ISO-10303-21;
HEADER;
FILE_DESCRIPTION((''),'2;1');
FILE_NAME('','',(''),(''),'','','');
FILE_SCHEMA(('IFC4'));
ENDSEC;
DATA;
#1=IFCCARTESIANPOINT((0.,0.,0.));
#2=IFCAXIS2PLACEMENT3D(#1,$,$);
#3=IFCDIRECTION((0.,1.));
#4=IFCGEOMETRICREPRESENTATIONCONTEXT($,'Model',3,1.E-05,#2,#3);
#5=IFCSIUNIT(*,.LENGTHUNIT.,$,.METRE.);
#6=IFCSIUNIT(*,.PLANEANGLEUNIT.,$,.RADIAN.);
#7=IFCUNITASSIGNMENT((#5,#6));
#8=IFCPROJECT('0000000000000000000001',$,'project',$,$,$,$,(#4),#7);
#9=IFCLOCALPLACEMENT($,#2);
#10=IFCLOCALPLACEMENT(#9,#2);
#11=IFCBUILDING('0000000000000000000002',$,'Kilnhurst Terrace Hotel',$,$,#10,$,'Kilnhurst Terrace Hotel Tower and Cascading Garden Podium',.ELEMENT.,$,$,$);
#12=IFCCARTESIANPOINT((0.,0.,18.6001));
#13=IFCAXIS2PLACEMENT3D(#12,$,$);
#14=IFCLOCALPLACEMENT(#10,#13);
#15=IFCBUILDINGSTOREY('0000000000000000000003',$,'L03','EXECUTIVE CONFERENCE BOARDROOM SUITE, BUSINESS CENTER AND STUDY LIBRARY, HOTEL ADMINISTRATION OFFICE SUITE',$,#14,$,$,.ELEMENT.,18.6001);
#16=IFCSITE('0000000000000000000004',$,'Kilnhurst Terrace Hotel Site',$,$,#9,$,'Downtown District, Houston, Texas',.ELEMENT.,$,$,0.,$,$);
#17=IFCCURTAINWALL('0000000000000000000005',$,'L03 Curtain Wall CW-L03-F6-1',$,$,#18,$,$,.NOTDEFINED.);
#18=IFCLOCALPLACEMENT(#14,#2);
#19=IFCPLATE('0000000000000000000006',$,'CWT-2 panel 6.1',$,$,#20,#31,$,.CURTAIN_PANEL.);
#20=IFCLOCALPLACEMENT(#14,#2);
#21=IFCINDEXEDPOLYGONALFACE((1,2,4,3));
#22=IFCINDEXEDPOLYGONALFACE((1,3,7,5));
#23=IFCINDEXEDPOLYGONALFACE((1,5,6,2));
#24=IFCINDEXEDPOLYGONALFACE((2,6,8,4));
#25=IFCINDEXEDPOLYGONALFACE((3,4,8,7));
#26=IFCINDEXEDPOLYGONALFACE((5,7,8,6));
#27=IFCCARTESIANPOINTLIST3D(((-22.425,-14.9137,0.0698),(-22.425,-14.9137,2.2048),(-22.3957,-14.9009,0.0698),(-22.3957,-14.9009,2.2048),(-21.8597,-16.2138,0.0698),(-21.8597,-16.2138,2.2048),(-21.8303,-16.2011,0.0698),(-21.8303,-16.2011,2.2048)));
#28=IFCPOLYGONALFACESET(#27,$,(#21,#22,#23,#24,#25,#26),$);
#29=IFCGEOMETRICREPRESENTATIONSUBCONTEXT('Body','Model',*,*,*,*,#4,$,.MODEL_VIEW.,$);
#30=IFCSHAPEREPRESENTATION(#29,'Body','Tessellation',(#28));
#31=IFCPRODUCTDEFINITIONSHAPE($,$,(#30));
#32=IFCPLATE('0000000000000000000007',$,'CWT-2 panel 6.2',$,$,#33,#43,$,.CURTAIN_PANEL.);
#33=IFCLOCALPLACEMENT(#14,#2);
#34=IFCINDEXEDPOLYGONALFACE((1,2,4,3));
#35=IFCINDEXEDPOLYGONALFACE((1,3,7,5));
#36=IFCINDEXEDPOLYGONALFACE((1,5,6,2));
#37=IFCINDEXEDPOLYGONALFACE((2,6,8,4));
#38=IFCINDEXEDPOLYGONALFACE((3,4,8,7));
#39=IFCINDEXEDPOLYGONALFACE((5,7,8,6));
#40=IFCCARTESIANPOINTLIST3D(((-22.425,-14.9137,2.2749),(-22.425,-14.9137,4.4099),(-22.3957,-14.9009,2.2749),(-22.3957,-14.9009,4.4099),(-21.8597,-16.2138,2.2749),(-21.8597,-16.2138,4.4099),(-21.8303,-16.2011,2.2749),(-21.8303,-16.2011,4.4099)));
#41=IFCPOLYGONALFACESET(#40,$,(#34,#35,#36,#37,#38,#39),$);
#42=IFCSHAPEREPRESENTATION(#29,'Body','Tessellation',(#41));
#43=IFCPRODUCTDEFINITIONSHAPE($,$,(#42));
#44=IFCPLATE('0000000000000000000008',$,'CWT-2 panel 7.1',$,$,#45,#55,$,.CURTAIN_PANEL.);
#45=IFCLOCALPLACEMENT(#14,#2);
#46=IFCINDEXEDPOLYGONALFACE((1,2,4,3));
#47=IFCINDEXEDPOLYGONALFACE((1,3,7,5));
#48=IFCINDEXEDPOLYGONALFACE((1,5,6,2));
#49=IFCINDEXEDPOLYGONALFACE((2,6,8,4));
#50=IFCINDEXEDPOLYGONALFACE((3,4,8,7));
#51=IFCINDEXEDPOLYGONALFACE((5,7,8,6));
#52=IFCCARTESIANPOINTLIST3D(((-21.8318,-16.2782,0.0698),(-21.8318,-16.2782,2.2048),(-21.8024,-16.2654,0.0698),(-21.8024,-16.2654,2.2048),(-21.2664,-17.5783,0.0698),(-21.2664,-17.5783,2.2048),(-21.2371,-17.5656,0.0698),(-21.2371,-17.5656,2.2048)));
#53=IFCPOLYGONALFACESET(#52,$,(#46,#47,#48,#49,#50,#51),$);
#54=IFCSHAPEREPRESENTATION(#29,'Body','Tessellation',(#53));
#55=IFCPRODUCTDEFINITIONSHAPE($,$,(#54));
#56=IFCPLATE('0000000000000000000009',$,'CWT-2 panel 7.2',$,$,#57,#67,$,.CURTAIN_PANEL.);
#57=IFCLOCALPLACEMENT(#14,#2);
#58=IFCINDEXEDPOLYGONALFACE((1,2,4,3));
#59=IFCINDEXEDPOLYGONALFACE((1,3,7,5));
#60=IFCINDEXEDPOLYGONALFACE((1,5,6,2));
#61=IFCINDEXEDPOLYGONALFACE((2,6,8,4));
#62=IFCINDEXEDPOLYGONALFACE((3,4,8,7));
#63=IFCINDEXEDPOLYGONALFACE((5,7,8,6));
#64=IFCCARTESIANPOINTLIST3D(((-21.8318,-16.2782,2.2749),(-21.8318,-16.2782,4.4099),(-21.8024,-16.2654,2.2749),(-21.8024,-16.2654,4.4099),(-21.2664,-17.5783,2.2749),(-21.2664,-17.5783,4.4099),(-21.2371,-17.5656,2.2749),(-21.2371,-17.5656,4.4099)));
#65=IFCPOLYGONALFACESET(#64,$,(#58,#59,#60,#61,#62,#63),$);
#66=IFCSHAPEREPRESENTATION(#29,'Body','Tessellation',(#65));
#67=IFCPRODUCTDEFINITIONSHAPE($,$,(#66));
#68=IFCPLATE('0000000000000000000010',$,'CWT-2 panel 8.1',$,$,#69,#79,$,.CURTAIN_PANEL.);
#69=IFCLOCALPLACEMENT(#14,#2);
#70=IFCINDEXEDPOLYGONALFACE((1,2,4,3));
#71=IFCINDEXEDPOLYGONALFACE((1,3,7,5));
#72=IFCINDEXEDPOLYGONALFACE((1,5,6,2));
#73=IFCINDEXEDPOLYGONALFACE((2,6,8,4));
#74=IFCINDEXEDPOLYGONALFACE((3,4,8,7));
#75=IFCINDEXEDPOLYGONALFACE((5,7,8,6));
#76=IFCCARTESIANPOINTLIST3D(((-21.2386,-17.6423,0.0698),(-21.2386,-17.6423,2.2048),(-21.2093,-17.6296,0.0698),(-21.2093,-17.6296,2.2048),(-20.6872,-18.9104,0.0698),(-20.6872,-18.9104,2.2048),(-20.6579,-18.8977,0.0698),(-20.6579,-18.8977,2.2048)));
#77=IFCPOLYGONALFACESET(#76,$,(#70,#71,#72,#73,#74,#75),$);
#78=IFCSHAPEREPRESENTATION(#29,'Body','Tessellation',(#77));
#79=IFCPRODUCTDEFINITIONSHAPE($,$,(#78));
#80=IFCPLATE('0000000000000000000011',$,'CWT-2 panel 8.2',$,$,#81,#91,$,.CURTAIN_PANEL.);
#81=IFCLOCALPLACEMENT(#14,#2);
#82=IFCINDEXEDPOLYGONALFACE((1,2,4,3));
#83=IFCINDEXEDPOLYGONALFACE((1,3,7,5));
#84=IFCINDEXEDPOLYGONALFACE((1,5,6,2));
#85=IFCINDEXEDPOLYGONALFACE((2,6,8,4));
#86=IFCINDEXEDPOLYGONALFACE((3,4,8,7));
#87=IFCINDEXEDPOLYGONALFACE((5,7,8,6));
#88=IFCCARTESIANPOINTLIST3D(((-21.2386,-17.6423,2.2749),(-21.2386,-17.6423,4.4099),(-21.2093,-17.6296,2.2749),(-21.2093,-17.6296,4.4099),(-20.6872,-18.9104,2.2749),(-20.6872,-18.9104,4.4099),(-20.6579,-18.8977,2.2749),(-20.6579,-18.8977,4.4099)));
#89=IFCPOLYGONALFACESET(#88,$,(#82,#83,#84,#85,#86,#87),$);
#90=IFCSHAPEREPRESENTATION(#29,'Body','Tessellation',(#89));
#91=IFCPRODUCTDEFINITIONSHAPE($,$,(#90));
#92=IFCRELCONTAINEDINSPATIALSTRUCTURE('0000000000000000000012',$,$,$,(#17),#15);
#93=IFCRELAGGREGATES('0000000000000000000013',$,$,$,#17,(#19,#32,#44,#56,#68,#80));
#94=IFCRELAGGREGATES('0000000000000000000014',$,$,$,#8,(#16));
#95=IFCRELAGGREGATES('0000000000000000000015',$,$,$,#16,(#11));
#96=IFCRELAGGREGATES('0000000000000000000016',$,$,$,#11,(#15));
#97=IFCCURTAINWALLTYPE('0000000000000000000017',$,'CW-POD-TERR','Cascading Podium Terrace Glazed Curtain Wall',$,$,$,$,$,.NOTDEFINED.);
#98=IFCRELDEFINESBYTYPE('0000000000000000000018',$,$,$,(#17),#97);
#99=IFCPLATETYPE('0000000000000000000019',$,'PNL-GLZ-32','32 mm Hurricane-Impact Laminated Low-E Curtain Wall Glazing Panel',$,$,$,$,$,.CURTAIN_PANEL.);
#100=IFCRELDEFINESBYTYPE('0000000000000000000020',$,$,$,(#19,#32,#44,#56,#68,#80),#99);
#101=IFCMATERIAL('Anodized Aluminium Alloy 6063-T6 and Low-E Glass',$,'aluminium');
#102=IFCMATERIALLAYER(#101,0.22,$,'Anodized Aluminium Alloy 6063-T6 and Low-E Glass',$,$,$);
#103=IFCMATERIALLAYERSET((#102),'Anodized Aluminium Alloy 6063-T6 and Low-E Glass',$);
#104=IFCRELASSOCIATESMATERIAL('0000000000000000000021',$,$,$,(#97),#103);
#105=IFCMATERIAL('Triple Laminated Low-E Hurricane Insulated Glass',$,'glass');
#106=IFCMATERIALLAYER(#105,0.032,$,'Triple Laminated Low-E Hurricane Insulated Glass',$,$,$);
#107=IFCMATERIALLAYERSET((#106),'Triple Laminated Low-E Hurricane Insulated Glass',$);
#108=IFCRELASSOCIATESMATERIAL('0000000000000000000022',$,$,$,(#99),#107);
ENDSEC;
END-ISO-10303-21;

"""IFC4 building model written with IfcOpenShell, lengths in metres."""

from ifc_helpers import new_model, si_unit, direction, frame, origin, origin_2d, place, context, subcontext, project, spatial, rectangle, extrude, material, layer, layer_set, type_object, element, aggregate, save


model = new_model("IFC4")

# Units and contexts
model_context = context("Model", 3, precision=1e-05, world=origin(), true_north=direction((0.0, 1.0)))
body_context = subcontext(model_context, "Body", "Model", "MODEL_VIEW")
ifc_project = project(units=[si_unit("LENGTHUNIT", "METRE"), si_unit("PLANEANGLEUNIT", "RADIAN")], contexts=[model_context])

# Site, building, storey
site_placement = place(None, origin())
site = spatial("IfcSite", under=ifc_project, at=site_placement, Name="Kilnhurst Terrace Hotel Site", LongName="Downtown District, Houston, Texas", CompositionType="ELEMENT", RefElevation=0.0)
building_placement = place(site_placement, origin())
building = spatial("IfcBuilding", under=site, at=building_placement, Name="Kilnhurst Terrace Hotel", LongName="Kilnhurst Terrace Hotel Tower and Cascading Garden Podium", CompositionType="ELEMENT")
storey_placement = place(building_placement, frame((0.0, 0.0, 18.6001)))
storey = spatial("IfcBuildingStorey", under=building, at=storey_placement, Name="L03", Description="EXECUTIVE CONFERENCE BOARDROOM SUITE, BUSINESS CENTER AND STUDY LIBRARY, HOTEL ADMINISTRATION OFFICE SUITE", CompositionType="ELEMENT", Elevation=18.6001)

# Curtain wall, plates
ifc_material_1 = material(Name="Anodized Aluminium Alloy 6063-T6 and Low-E Glass", Category="aluminium")
ifc_layer_1 = layer(ifc_material_1, 0.22, Name="Anodized Aluminium Alloy 6063-T6 and Low-E Glass")
ifc_layer_set_1 = layer_set([ifc_layer_1], Name="Anodized Aluminium Alloy 6063-T6 and Low-E Glass")
curtain_wall_type = type_object("IfcCurtainWallType", Name="CW-POD-TERR", Description="Cascading Podium Terrace Glazed Curtain Wall", PredefinedType="NOTDEFINED", material=ifc_layer_set_1)
curtain_wall_placement = place(storey_placement, origin())
curtain_wall = element("IfcCurtainWall", 1, at=curtain_wall_placement, inside=storey, type_object=curtain_wall_type, Name="L03 Curtain Wall CW-L03-F6-1", PredefinedType="NOTDEFINED")
ifc_material_2 = material(Name="Triple Laminated Low-E Hurricane Insulated Glass", Category="glass")
ifc_layer_2 = layer(ifc_material_2, 0.032, Name="Triple Laminated Low-E Hurricane Insulated Glass")
ifc_layer_set_2 = layer_set([ifc_layer_2], Name="Triple Laminated Low-E Hurricane Insulated Glass")
plate_type = type_object("IfcPlateType", Name="PNL-GLZ-32", Description="32 mm Hurricane-Impact Laminated Low-E Curtain Wall Glazing Panel", PredefinedType="CURTAIN_PANEL", material=ifc_layer_set_2)
plate_1_placement = place(storey_placement, frame((-22.1277, -15.5574, 0.0698), z_axis=(0.0, 0.0, 1.0), x_axis=(0.398791, -0.917042, 0.0)))
plate_1 = element("IfcPlate", 2, at=plate_1_placement, type_object=plate_type, Name="CWT-2 panel 6.1", PredefinedType="CURTAIN_PANEL", context=body_context, shape_type="SweptSolid", body=[
    extrude(rectangle(XDim=1.4177, YDim=0.032, at=origin_2d()), origin(), (0.0, 0.0, 1.0), 2.135),
])
plate_2_placement = place(storey_placement, frame((-22.1277, -15.5574, 2.2749), z_axis=(0.0, 0.0, 1.0), x_axis=(0.398791, -0.917042, 0.0)))
plate_2 = element("IfcPlate", 3, at=plate_2_placement, type_object=plate_type, Name="CWT-2 panel 6.2", PredefinedType="CURTAIN_PANEL", context=body_context, shape_type="SweptSolid", body=[
    extrude(rectangle(XDim=1.4177, YDim=0.032, at=origin_2d()), origin(), (0.0, 0.0, 1.0), 2.135),
])
plate_3_placement = place(storey_placement, frame((-21.5344, -16.9219, 0.0698), z_axis=(0.0, 0.0, 1.0), x_axis=(0.398791, -0.917042, 0.0)))
plate_3 = element("IfcPlate", 4, at=plate_3_placement, type_object=plate_type, Name="CWT-2 panel 7.1", PredefinedType="CURTAIN_PANEL", context=body_context, shape_type="SweptSolid", body=[
    extrude(rectangle(XDim=1.4177, YDim=0.032, at=origin_2d()), origin(), (0.0, 0.0, 1.0), 2.135),
])
plate_4_placement = place(storey_placement, frame((-21.5344, -16.9219, 2.2749), z_axis=(0.0, 0.0, 1.0), x_axis=(0.398791, -0.917042, 0.0)))
plate_4 = element("IfcPlate", 5, at=plate_4_placement, type_object=plate_type, Name="CWT-2 panel 7.2", PredefinedType="CURTAIN_PANEL", context=body_context, shape_type="SweptSolid", body=[
    extrude(rectangle(XDim=1.4177, YDim=0.032, at=origin_2d()), origin(), (0.0, 0.0, 1.0), 2.135),
])
plate_5_placement = place(storey_placement, frame((-20.9482, -18.27, 0.0698), z_axis=(0.0, 0.0, 1.0), x_axis=(0.398791, -0.917042, 0.0)))
plate_5 = element("IfcPlate", 6, at=plate_5_placement, type_object=plate_type, Name="CWT-2 panel 8.1", PredefinedType="CURTAIN_PANEL", context=body_context, shape_type="SweptSolid", body=[
    extrude(rectangle(XDim=1.3828, YDim=0.032, at=origin_2d()), origin(), (0.0, 0.0, 1.0), 2.135),
])
plate_6_placement = place(storey_placement, frame((-20.9482, -18.27, 2.2749), z_axis=(0.0, 0.0, 1.0), x_axis=(0.398791, -0.917042, 0.0)))
plate_6 = element("IfcPlate", 7, at=plate_6_placement, type_object=plate_type, Name="CWT-2 panel 8.2", PredefinedType="CURTAIN_PANEL", context=body_context, shape_type="SweptSolid", body=[
    extrude(rectangle(XDim=1.3828, YDim=0.032, at=origin_2d()), origin(), (0.0, 0.0, 1.0), 2.135),
])
aggregate(curtain_wall, [plate_1, plate_2, plate_3, plate_4, plate_5, plate_6])

save(model, "model.ifc")
